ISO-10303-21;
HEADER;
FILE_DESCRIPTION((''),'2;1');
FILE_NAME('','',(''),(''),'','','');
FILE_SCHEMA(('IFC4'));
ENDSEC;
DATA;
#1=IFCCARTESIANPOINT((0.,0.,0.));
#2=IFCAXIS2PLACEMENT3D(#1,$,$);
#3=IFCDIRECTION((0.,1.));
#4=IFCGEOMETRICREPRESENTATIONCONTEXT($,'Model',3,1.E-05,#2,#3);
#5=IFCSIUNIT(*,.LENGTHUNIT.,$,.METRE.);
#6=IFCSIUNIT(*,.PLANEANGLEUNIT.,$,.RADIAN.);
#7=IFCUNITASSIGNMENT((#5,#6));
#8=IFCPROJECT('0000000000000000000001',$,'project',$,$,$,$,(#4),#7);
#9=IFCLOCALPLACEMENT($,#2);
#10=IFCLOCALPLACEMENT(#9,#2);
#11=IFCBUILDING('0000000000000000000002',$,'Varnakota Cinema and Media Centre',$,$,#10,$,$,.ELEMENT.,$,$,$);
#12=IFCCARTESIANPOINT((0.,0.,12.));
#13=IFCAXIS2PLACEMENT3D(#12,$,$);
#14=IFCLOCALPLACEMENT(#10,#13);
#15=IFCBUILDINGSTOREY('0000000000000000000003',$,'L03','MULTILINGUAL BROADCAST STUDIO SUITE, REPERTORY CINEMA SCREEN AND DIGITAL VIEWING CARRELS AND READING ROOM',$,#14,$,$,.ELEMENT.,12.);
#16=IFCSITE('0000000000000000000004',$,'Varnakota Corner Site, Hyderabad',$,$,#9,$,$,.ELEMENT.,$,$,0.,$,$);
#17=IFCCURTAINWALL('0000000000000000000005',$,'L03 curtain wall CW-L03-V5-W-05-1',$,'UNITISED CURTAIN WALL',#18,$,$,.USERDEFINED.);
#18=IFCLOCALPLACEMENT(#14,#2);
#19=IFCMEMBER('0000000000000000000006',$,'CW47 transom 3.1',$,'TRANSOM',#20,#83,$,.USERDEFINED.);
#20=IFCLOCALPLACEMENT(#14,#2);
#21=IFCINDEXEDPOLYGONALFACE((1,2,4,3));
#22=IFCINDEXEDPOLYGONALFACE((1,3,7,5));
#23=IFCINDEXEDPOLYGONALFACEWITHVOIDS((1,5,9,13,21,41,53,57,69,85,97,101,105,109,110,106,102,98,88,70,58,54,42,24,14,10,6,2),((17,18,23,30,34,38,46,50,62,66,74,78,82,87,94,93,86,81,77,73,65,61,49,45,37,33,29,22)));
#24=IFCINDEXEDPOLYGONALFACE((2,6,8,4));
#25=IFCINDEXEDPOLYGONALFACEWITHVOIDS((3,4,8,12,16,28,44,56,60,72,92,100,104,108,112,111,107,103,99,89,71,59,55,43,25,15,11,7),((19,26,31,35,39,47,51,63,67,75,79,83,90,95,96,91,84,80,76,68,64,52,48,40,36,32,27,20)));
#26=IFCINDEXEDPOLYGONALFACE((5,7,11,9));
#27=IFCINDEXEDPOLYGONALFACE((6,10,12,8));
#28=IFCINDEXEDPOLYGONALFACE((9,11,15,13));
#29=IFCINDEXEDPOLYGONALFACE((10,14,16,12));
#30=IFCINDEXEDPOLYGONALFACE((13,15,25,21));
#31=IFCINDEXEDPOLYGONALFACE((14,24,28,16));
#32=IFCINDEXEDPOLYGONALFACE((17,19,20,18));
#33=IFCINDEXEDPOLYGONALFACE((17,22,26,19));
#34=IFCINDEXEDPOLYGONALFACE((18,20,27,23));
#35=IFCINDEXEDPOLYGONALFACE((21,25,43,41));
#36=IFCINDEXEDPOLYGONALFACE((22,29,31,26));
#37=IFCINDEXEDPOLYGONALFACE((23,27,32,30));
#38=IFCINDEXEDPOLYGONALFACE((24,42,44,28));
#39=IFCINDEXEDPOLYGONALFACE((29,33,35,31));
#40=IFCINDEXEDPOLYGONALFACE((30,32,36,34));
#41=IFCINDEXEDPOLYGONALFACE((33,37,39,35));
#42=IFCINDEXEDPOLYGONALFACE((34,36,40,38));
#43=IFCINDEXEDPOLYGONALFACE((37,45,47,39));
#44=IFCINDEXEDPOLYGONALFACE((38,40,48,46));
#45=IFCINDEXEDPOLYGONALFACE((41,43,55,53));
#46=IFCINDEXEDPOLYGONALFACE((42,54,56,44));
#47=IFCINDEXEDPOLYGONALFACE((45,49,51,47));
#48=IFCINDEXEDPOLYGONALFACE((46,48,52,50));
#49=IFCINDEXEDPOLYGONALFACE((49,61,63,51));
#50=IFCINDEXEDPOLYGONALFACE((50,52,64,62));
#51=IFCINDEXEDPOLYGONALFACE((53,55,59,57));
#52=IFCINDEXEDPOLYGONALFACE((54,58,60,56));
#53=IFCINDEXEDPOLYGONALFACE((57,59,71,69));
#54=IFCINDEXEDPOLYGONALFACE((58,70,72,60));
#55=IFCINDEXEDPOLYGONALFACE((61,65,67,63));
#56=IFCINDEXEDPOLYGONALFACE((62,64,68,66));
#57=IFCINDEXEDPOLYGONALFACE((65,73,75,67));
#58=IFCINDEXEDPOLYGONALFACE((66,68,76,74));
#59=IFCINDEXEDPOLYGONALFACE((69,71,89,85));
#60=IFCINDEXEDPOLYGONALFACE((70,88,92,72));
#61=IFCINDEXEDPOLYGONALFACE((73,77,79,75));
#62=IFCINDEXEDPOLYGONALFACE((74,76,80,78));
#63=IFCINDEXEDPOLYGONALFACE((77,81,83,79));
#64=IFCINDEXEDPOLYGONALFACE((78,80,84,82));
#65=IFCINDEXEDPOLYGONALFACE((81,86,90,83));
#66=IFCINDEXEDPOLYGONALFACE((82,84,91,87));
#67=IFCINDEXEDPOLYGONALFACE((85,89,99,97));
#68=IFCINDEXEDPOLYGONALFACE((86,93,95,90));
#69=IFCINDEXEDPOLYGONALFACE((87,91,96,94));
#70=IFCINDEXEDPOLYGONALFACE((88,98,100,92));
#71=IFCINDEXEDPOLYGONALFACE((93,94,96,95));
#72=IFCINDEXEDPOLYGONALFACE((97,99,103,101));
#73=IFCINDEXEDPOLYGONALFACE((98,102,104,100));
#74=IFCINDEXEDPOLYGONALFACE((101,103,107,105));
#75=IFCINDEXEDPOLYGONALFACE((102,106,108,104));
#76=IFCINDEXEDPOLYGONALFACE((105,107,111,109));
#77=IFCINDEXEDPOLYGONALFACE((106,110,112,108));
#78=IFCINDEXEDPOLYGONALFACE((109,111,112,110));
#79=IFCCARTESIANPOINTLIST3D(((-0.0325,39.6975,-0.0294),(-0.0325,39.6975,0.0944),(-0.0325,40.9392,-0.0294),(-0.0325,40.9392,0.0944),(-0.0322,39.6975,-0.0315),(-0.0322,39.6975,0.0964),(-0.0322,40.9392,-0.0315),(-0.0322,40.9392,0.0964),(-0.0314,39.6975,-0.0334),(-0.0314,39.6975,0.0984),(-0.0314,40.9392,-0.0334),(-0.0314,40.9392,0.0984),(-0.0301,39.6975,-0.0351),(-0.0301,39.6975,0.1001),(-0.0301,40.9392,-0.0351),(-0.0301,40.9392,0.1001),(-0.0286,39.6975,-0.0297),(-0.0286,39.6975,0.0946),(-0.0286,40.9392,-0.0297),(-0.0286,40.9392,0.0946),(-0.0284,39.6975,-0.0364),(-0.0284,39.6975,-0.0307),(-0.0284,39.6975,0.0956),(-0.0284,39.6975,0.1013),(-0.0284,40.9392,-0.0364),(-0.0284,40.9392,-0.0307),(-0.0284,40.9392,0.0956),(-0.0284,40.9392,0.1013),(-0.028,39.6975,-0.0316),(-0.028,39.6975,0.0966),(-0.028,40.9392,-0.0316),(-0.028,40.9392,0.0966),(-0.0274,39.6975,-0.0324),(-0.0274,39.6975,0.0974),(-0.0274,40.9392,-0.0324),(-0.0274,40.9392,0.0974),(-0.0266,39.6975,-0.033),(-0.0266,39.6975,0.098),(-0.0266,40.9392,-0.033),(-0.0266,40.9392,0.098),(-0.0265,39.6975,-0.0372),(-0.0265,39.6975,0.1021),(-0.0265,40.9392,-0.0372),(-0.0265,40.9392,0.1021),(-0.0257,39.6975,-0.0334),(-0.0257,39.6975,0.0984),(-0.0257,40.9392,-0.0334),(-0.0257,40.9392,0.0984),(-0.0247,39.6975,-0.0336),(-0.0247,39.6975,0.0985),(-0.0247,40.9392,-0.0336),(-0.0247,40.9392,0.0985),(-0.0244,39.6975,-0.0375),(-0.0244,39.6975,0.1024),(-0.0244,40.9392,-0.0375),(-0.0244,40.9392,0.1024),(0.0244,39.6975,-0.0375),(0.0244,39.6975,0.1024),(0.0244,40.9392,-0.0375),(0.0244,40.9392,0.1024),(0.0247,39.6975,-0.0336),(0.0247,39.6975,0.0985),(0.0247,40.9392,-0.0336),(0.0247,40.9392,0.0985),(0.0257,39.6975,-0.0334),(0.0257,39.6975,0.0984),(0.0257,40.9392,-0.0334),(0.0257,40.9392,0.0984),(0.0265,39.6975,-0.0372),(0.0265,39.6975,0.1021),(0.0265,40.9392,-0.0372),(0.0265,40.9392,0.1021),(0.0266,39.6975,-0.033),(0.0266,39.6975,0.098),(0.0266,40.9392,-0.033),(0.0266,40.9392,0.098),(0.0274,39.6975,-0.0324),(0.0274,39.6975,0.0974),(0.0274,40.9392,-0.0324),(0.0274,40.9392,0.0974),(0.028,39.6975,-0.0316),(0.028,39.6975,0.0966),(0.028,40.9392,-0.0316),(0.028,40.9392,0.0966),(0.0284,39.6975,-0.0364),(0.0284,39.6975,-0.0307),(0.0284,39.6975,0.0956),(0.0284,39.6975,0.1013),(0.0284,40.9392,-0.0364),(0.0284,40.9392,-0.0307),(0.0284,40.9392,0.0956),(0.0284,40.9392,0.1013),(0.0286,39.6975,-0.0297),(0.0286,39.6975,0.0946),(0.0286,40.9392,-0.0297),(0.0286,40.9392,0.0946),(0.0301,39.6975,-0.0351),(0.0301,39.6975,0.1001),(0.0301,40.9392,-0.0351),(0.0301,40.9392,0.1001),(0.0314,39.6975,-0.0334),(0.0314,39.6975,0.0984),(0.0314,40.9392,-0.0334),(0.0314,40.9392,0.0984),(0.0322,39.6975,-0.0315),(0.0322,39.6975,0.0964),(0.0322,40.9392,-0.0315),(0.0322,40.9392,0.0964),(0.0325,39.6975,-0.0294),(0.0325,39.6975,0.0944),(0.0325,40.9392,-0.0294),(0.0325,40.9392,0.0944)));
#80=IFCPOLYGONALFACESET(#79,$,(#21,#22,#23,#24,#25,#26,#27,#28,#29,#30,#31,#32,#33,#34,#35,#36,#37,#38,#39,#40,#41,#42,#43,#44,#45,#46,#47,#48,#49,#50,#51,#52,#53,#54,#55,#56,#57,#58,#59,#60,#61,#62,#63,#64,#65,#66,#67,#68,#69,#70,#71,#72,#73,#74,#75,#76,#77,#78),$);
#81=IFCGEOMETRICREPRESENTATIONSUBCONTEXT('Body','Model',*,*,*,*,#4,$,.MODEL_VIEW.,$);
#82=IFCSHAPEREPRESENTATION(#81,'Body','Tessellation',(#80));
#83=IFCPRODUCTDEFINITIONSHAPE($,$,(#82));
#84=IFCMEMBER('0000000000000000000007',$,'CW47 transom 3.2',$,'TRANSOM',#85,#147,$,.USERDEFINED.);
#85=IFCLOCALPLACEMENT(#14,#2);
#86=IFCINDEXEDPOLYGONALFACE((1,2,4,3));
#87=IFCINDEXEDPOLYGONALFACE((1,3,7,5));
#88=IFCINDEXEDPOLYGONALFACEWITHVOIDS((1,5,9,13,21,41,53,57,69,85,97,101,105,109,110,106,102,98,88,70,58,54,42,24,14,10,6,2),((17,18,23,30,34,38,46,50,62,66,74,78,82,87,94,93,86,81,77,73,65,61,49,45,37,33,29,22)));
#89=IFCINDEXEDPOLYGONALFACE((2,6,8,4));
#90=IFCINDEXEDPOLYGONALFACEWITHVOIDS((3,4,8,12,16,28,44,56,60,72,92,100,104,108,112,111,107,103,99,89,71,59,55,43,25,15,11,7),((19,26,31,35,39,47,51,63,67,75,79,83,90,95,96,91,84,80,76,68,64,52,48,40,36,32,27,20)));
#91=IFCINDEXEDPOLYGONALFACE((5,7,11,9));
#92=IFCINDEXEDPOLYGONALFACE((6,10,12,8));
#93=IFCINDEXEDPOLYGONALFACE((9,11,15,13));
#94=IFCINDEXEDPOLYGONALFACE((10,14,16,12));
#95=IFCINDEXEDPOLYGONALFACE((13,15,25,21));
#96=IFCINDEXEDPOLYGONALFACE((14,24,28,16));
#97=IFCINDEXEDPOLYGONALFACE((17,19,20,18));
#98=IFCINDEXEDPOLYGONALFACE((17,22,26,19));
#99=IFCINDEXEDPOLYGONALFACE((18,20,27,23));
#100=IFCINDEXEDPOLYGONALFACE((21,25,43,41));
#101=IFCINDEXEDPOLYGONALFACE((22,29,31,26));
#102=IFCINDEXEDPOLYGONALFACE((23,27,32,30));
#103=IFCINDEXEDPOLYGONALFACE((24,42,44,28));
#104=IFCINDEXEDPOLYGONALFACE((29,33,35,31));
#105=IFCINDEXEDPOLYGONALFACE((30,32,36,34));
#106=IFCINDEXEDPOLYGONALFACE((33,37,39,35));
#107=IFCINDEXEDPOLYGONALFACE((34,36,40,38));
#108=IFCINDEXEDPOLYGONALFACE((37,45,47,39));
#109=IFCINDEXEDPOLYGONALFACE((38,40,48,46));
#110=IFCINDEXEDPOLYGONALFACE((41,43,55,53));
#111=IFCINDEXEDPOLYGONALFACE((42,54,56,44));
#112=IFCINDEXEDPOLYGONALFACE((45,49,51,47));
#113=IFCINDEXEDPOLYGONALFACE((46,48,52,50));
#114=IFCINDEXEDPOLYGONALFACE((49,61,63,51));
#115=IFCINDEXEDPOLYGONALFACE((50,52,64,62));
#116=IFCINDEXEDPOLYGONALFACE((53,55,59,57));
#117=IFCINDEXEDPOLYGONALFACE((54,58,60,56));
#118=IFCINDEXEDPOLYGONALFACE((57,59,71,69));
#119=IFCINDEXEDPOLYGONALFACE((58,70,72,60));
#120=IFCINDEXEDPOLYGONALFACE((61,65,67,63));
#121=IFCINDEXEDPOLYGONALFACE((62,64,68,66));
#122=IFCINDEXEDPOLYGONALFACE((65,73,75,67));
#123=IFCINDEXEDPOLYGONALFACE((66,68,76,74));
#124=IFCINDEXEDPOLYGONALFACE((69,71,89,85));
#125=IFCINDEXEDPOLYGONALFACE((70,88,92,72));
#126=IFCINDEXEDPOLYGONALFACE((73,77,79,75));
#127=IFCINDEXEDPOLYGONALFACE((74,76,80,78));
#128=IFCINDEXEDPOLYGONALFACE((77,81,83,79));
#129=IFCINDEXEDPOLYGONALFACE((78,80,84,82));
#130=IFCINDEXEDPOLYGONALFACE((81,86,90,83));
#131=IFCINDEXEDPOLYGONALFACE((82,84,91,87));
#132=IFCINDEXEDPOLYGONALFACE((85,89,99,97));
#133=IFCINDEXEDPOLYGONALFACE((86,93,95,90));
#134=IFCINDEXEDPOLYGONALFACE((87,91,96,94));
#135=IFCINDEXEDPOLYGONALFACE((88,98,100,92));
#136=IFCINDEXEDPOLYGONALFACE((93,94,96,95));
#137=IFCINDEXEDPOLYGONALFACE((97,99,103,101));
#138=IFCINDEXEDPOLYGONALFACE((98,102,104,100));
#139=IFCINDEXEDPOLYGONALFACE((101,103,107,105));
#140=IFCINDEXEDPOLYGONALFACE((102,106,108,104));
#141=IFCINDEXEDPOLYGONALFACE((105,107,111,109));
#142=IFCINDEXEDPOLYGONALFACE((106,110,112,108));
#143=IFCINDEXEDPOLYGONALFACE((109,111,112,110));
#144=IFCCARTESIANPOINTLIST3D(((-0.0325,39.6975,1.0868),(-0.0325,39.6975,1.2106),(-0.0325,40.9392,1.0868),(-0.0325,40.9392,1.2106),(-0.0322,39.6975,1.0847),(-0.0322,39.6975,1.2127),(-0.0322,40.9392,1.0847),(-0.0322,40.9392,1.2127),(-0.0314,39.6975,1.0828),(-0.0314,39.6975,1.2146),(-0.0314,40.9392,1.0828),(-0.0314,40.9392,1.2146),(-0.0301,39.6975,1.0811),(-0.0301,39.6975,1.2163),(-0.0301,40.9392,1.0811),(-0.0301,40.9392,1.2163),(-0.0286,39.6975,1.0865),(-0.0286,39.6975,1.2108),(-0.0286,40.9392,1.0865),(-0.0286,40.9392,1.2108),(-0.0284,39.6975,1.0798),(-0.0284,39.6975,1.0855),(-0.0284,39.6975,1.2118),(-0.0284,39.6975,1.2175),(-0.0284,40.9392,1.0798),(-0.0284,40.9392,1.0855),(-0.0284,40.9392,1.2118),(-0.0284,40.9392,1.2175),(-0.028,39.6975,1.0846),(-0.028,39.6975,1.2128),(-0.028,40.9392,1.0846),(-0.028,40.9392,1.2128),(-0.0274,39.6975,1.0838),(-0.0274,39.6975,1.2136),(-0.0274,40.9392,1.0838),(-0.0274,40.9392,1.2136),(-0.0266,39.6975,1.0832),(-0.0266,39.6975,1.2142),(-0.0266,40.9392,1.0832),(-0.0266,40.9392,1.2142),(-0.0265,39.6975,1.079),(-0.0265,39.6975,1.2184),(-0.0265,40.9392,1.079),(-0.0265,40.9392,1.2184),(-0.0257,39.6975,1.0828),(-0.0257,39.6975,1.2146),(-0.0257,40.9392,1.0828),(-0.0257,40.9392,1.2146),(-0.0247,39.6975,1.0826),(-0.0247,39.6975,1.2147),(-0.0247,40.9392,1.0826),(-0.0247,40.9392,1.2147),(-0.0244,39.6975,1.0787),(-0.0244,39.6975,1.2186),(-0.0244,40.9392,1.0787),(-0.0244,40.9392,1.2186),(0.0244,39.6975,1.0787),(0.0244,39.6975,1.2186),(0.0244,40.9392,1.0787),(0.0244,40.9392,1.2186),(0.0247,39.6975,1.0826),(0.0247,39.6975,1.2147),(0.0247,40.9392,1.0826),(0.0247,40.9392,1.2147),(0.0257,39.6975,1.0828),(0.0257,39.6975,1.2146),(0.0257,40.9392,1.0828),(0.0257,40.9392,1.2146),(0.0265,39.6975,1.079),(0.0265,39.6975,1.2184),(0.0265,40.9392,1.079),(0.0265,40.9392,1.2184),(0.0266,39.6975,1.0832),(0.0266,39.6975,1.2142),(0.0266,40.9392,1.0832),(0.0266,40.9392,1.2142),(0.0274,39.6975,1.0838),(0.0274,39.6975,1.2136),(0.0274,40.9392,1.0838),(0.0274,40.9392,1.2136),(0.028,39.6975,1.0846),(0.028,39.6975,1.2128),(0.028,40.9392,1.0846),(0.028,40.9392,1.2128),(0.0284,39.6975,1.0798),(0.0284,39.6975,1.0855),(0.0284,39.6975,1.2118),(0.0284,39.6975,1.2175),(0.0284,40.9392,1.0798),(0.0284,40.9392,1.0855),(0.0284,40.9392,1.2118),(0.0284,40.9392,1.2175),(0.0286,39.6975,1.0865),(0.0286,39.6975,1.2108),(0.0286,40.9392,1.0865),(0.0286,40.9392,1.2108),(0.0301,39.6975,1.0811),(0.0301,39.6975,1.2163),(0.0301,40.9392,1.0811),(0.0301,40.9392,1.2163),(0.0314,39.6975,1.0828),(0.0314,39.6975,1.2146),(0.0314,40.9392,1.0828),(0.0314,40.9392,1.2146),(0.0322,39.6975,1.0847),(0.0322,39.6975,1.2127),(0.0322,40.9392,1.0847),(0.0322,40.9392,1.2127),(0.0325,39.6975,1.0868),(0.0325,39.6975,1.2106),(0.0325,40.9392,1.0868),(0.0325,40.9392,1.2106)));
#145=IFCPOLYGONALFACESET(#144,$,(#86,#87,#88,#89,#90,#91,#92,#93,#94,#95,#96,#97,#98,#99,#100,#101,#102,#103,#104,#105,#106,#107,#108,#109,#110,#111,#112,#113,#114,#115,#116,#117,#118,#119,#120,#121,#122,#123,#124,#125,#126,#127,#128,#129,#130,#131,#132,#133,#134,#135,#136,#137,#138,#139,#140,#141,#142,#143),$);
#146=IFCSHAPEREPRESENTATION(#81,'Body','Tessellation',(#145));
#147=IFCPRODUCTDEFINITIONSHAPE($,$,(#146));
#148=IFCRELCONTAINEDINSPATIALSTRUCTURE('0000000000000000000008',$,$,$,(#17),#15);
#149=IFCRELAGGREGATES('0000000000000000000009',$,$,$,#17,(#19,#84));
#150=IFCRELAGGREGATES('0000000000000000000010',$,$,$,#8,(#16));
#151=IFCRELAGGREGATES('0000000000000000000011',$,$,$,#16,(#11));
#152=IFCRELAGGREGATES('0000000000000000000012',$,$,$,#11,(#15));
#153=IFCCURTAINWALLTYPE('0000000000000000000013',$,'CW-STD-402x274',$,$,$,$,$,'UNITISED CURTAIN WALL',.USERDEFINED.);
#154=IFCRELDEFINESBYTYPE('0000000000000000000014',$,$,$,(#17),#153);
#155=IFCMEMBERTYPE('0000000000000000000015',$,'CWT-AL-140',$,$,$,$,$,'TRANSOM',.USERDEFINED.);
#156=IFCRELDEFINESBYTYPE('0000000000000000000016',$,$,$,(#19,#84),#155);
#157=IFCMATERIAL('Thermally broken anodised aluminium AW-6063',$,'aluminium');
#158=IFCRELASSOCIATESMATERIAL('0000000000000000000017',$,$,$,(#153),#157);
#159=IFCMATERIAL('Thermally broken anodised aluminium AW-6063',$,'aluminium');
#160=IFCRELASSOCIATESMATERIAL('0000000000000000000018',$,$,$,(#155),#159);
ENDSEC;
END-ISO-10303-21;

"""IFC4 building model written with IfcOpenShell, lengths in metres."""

from ifc_helpers import new_model, si_unit, direction, frame, origin, origin_2d, place, context, subcontext, project, spatial, hollow_rectangle, extrude, material, material_profile, profile_set, type_object, element, aggregate, save


model = new_model("IFC4")

# Units and contexts
model_context = context("Model", 3, precision=1e-05, world=origin(), true_north=direction((0.0, 1.0)))
body_context = subcontext(model_context, "Body", "Model", "MODEL_VIEW")
ifc_project = project(units=[si_unit("LENGTHUNIT", "METRE"), si_unit("PLANEANGLEUNIT", "RADIAN")], contexts=[model_context])

# Site, building, storey
site_placement = place(None, origin())
site = spatial("IfcSite", under=ifc_project, at=site_placement, Name="Varnakota Corner Site, Hyderabad", CompositionType="ELEMENT", RefElevation=0.0)
building_placement = place(site_placement, origin())
building = spatial("IfcBuilding", under=site, at=building_placement, Name="Varnakota Cinema and Media Centre", CompositionType="ELEMENT")
storey_placement = place(building_placement, frame((0.0, 0.0, 12.0)))
storey = spatial("IfcBuildingStorey", under=building, at=storey_placement, Name="L03", Description="MULTILINGUAL BROADCAST STUDIO SUITE, REPERTORY CINEMA SCREEN AND DIGITAL VIEWING CARRELS AND READING ROOM", CompositionType="ELEMENT", Elevation=12.0)

# Curtain wall
ifc_material_1 = material(Name="Thermally broken anodised aluminium AW-6063", Category="aluminium")
curtain_wall_type = type_object("IfcCurtainWallType", Name="CW-STD-402x274", ElementType="UNITISED CURTAIN WALL", PredefinedType="USERDEFINED", material=ifc_material_1)
curtain_wall_1_placement = place(storey_placement, origin())
curtain_wall_1 = element("IfcCurtainWall", 1, at=curtain_wall_1_placement, inside=storey, type_object=curtain_wall_type, Name="L03 curtain wall CW-L03-V5-W-05-1", ObjectType="UNITISED CURTAIN WALL", PredefinedType="USERDEFINED")

# Members
ifc_material_2 = material(Name="Thermally broken anodised aluminium AW-6063", Category="aluminium")
ifc_material_profile_1 = material_profile(ifc_material_2, hollow_rectangle(XDim=0.0649, YDim=0.1399, WallThickness=0.0039, InnerFilletRadius=0.0039, OuterFilletRadius=0.0081, at=origin_2d()), Name="AL-TRANSOM 140x65x4")
ifc_profile_set_1 = profile_set([ifc_material_profile_1], Name="Thermally broken anodised aluminium AW-6063")
member_type_1 = type_object("IfcMemberType", Name="CWT-AL-140", ElementType="TRANSOM", PredefinedType="USERDEFINED", material=ifc_profile_set_1)
member_1_placement = place(storey_placement, frame((0.0, 40.9392, 0.0325), z_axis=(0.0, -1.0, 0.0), x_axis=(1.0, 0.0, 0.0)))
member_1 = element("IfcMember", 2, at=member_1_placement, type_object=member_type_1, Name="CW47 transom 3.1", ObjectType="TRANSOM", PredefinedType="USERDEFINED", context=body_context, shape_type="SweptSolid", body=[
    extrude(hollow_rectangle(XDim=0.0649, YDim=0.1399, WallThickness=0.0039, InnerFilletRadius=0.0039, OuterFilletRadius=0.0081, at=origin_2d()), origin(), (0.0, 0.0, 1.0), 1.2417),
])
member_2_placement = place(storey_placement, frame((0.0, 40.9392, 1.1487), z_axis=(0.0, -1.0, 0.0), x_axis=(1.0, 0.0, 0.0)))
member_2 = element("IfcMember", 3, at=member_2_placement, type_object=member_type_1, Name="CW47 transom 3.2", ObjectType="TRANSOM", PredefinedType="USERDEFINED", context=body_context, shape_type="SweptSolid", body=[
    extrude(hollow_rectangle(XDim=0.0649, YDim=0.1399, WallThickness=0.0039, InnerFilletRadius=0.0039, OuterFilletRadius=0.0081, at=origin_2d()), origin(), (0.0, 0.0, 1.0), 1.2417),
])

aggregate(curtain_wall_1, [member_1, member_2])

save(model, "model.ifc")
